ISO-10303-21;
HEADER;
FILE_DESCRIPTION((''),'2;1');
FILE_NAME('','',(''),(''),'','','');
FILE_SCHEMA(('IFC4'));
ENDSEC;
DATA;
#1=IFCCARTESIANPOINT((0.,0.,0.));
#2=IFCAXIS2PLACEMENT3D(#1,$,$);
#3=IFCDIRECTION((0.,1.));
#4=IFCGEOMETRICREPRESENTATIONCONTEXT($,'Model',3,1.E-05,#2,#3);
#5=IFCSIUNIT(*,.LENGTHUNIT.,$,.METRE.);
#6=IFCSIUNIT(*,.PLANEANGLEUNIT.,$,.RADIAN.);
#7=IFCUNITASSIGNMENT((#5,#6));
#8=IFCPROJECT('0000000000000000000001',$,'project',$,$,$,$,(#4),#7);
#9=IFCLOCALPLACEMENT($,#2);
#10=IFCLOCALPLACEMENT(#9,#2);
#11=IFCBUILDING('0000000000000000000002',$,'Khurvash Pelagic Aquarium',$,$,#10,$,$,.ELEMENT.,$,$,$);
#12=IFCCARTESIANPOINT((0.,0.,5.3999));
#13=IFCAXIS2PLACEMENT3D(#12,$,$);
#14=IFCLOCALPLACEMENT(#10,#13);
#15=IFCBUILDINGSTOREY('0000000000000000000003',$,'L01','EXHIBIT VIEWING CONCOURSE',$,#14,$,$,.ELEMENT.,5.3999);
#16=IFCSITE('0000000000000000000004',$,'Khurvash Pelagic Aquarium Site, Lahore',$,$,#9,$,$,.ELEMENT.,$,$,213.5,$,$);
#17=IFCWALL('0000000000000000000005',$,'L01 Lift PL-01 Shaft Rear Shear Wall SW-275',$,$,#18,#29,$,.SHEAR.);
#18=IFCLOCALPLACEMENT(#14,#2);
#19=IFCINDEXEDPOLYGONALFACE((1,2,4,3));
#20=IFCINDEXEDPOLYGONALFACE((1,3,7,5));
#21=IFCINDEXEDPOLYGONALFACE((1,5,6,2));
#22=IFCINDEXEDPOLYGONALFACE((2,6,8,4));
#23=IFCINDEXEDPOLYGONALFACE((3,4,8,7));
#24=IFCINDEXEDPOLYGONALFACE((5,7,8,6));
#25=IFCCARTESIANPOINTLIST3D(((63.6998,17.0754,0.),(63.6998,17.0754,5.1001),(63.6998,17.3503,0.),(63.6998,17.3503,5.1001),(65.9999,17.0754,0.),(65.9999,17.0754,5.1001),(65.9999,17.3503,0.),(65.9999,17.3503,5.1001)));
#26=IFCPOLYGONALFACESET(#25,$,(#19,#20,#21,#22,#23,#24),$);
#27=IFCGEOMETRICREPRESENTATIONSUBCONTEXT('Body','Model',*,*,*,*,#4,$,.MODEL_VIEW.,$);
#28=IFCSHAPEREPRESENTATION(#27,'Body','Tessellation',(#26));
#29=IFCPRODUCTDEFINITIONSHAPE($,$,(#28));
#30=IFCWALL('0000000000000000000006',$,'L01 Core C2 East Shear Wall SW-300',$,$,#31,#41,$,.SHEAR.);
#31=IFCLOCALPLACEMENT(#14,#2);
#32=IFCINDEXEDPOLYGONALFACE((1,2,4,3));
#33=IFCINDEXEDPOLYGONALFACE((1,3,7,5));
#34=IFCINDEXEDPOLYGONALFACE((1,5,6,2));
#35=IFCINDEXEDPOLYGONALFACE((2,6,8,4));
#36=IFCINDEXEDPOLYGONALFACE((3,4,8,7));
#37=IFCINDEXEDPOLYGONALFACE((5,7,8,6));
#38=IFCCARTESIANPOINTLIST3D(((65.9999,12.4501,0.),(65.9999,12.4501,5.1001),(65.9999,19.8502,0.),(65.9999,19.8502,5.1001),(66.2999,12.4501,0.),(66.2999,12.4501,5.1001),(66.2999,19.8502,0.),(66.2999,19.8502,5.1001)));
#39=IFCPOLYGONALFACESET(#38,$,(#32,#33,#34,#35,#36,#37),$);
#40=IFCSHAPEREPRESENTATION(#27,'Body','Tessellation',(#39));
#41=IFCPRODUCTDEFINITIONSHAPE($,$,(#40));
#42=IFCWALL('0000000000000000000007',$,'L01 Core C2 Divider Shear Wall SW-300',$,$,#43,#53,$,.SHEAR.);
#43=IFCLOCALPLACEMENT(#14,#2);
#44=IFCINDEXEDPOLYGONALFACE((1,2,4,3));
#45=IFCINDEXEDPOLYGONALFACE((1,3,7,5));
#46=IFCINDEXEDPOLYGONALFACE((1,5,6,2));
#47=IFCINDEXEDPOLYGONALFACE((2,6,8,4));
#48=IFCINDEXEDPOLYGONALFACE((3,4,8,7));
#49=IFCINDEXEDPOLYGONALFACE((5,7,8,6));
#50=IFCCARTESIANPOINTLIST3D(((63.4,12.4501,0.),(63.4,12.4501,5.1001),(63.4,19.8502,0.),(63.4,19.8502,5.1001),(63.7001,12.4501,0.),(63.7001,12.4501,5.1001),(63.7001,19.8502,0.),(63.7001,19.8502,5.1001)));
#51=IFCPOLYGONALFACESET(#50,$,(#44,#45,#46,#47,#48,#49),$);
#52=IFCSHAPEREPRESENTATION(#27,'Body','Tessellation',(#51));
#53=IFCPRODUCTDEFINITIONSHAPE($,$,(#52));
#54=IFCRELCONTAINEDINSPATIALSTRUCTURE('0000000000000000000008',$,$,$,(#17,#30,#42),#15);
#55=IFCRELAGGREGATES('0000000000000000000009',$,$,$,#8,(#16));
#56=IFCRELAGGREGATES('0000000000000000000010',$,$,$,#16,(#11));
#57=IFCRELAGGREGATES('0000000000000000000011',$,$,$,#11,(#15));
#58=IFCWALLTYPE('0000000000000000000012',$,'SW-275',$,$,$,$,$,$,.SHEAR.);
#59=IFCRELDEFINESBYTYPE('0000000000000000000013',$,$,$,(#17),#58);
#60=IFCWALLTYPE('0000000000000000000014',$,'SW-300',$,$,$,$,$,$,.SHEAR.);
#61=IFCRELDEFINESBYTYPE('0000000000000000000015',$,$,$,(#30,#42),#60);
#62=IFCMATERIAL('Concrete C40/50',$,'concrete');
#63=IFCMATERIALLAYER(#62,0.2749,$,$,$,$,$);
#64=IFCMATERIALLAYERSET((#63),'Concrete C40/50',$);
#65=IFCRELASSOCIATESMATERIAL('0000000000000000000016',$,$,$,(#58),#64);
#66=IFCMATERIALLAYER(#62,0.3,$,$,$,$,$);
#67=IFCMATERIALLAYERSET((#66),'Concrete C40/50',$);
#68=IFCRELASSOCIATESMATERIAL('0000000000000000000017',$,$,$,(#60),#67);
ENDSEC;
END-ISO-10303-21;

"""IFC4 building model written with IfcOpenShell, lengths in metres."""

from ifc_helpers import new_model, si_unit, direction, frame, frame_2d, origin, place, context, subcontext, project, spatial, rectangle, extrude, material, layer, layer_set, type_object, element, save


model = new_model("IFC4")

# Units and contexts
model_context = context("Model", 3, precision=1e-05, world=origin(), true_north=direction((0.0, 1.0)))
body_context = subcontext(model_context, "Body", "Model", "MODEL_VIEW")
ifc_project = project(units=[si_unit("LENGTHUNIT", "METRE"), si_unit("PLANEANGLEUNIT", "RADIAN")], contexts=[model_context])

# Site, building, storey
site_placement = place(None, origin())
site = spatial("IfcSite", under=ifc_project, at=site_placement, Name="Khurvash Pelagic Aquarium Site, Lahore", CompositionType="ELEMENT", RefElevation=213.5)
building_placement = place(site_placement, origin())
building = spatial("IfcBuilding", under=site, at=building_placement, Name="Khurvash Pelagic Aquarium", CompositionType="ELEMENT")
storey_placement = place(building_placement, frame((0.0, 0.0, 5.3999)))
storey = spatial("IfcBuildingStorey", under=building, at=storey_placement, Name="L01", Description="EXHIBIT VIEWING CONCOURSE", CompositionType="ELEMENT", Elevation=5.3999)

# Shared definitions
ifc_material_1 = material(Name="Concrete C40/50", Category="concrete")

# Walls
ifc_layer_1 = layer(ifc_material_1, 0.2749)
ifc_layer_set_1 = layer_set([ifc_layer_1], Name="Concrete C40/50")
wall_type_1 = type_object("IfcWallType", Name="SW-275", PredefinedType="SHEAR", material=ifc_layer_set_1)
wall_1_placement = place(storey_placement, frame((63.7, 17.2129, 0.0), z_axis=(0.0, 0.0, 1.0), x_axis=(1.0, 0.0, 0.0)))
element("IfcWall", 1, at=wall_1_placement, inside=storey, type_object=wall_type_1, Name="L01 Lift PL-01 Shaft Rear Shear Wall SW-275", PredefinedType="SHEAR", context=body_context, shape_type="SweptSolid", body=[
    extrude(rectangle(XDim=2.3, YDim=0.2749, at=frame_2d((1.1499, 0.0))), origin(), (0.0, 0.0, 1.0), 5.1001),
])
ifc_layer_2 = layer(ifc_material_1, 0.3)
ifc_layer_set_2 = layer_set([ifc_layer_2], Name="Concrete C40/50")
wall_type_2 = type_object("IfcWallType", Name="SW-300", PredefinedType="SHEAR", material=ifc_layer_set_2)
for number, where, z_axis, x_axis, name in (
    (2, (66.1499, 12.45, 0.0), (0.0, 0.0, 1.0), (0.0, 1.0, 0.0), "L01 Core C2 East Shear Wall SW-300"),
    (3, (63.55, 12.45, 0.0), (0.0, 0.0, 1.0), (0.0, 1.0, 0.0), "L01 Core C2 Divider Shear Wall SW-300"),
):
    element("IfcWall", number, at=place(storey_placement, frame(where, z_axis=z_axis, x_axis=x_axis)), inside=storey, type_object=wall_type_2, Name=name, PredefinedType="SHEAR", context=body_context, shape_type="SweptSolid", body=[
        extrude(rectangle(XDim=7.4001, YDim=0.3, at=frame_2d((3.7002, 0.0))), origin(), (0.0, 0.0, 1.0), 5.1001),
    ])

save(model, "model.ifc")
